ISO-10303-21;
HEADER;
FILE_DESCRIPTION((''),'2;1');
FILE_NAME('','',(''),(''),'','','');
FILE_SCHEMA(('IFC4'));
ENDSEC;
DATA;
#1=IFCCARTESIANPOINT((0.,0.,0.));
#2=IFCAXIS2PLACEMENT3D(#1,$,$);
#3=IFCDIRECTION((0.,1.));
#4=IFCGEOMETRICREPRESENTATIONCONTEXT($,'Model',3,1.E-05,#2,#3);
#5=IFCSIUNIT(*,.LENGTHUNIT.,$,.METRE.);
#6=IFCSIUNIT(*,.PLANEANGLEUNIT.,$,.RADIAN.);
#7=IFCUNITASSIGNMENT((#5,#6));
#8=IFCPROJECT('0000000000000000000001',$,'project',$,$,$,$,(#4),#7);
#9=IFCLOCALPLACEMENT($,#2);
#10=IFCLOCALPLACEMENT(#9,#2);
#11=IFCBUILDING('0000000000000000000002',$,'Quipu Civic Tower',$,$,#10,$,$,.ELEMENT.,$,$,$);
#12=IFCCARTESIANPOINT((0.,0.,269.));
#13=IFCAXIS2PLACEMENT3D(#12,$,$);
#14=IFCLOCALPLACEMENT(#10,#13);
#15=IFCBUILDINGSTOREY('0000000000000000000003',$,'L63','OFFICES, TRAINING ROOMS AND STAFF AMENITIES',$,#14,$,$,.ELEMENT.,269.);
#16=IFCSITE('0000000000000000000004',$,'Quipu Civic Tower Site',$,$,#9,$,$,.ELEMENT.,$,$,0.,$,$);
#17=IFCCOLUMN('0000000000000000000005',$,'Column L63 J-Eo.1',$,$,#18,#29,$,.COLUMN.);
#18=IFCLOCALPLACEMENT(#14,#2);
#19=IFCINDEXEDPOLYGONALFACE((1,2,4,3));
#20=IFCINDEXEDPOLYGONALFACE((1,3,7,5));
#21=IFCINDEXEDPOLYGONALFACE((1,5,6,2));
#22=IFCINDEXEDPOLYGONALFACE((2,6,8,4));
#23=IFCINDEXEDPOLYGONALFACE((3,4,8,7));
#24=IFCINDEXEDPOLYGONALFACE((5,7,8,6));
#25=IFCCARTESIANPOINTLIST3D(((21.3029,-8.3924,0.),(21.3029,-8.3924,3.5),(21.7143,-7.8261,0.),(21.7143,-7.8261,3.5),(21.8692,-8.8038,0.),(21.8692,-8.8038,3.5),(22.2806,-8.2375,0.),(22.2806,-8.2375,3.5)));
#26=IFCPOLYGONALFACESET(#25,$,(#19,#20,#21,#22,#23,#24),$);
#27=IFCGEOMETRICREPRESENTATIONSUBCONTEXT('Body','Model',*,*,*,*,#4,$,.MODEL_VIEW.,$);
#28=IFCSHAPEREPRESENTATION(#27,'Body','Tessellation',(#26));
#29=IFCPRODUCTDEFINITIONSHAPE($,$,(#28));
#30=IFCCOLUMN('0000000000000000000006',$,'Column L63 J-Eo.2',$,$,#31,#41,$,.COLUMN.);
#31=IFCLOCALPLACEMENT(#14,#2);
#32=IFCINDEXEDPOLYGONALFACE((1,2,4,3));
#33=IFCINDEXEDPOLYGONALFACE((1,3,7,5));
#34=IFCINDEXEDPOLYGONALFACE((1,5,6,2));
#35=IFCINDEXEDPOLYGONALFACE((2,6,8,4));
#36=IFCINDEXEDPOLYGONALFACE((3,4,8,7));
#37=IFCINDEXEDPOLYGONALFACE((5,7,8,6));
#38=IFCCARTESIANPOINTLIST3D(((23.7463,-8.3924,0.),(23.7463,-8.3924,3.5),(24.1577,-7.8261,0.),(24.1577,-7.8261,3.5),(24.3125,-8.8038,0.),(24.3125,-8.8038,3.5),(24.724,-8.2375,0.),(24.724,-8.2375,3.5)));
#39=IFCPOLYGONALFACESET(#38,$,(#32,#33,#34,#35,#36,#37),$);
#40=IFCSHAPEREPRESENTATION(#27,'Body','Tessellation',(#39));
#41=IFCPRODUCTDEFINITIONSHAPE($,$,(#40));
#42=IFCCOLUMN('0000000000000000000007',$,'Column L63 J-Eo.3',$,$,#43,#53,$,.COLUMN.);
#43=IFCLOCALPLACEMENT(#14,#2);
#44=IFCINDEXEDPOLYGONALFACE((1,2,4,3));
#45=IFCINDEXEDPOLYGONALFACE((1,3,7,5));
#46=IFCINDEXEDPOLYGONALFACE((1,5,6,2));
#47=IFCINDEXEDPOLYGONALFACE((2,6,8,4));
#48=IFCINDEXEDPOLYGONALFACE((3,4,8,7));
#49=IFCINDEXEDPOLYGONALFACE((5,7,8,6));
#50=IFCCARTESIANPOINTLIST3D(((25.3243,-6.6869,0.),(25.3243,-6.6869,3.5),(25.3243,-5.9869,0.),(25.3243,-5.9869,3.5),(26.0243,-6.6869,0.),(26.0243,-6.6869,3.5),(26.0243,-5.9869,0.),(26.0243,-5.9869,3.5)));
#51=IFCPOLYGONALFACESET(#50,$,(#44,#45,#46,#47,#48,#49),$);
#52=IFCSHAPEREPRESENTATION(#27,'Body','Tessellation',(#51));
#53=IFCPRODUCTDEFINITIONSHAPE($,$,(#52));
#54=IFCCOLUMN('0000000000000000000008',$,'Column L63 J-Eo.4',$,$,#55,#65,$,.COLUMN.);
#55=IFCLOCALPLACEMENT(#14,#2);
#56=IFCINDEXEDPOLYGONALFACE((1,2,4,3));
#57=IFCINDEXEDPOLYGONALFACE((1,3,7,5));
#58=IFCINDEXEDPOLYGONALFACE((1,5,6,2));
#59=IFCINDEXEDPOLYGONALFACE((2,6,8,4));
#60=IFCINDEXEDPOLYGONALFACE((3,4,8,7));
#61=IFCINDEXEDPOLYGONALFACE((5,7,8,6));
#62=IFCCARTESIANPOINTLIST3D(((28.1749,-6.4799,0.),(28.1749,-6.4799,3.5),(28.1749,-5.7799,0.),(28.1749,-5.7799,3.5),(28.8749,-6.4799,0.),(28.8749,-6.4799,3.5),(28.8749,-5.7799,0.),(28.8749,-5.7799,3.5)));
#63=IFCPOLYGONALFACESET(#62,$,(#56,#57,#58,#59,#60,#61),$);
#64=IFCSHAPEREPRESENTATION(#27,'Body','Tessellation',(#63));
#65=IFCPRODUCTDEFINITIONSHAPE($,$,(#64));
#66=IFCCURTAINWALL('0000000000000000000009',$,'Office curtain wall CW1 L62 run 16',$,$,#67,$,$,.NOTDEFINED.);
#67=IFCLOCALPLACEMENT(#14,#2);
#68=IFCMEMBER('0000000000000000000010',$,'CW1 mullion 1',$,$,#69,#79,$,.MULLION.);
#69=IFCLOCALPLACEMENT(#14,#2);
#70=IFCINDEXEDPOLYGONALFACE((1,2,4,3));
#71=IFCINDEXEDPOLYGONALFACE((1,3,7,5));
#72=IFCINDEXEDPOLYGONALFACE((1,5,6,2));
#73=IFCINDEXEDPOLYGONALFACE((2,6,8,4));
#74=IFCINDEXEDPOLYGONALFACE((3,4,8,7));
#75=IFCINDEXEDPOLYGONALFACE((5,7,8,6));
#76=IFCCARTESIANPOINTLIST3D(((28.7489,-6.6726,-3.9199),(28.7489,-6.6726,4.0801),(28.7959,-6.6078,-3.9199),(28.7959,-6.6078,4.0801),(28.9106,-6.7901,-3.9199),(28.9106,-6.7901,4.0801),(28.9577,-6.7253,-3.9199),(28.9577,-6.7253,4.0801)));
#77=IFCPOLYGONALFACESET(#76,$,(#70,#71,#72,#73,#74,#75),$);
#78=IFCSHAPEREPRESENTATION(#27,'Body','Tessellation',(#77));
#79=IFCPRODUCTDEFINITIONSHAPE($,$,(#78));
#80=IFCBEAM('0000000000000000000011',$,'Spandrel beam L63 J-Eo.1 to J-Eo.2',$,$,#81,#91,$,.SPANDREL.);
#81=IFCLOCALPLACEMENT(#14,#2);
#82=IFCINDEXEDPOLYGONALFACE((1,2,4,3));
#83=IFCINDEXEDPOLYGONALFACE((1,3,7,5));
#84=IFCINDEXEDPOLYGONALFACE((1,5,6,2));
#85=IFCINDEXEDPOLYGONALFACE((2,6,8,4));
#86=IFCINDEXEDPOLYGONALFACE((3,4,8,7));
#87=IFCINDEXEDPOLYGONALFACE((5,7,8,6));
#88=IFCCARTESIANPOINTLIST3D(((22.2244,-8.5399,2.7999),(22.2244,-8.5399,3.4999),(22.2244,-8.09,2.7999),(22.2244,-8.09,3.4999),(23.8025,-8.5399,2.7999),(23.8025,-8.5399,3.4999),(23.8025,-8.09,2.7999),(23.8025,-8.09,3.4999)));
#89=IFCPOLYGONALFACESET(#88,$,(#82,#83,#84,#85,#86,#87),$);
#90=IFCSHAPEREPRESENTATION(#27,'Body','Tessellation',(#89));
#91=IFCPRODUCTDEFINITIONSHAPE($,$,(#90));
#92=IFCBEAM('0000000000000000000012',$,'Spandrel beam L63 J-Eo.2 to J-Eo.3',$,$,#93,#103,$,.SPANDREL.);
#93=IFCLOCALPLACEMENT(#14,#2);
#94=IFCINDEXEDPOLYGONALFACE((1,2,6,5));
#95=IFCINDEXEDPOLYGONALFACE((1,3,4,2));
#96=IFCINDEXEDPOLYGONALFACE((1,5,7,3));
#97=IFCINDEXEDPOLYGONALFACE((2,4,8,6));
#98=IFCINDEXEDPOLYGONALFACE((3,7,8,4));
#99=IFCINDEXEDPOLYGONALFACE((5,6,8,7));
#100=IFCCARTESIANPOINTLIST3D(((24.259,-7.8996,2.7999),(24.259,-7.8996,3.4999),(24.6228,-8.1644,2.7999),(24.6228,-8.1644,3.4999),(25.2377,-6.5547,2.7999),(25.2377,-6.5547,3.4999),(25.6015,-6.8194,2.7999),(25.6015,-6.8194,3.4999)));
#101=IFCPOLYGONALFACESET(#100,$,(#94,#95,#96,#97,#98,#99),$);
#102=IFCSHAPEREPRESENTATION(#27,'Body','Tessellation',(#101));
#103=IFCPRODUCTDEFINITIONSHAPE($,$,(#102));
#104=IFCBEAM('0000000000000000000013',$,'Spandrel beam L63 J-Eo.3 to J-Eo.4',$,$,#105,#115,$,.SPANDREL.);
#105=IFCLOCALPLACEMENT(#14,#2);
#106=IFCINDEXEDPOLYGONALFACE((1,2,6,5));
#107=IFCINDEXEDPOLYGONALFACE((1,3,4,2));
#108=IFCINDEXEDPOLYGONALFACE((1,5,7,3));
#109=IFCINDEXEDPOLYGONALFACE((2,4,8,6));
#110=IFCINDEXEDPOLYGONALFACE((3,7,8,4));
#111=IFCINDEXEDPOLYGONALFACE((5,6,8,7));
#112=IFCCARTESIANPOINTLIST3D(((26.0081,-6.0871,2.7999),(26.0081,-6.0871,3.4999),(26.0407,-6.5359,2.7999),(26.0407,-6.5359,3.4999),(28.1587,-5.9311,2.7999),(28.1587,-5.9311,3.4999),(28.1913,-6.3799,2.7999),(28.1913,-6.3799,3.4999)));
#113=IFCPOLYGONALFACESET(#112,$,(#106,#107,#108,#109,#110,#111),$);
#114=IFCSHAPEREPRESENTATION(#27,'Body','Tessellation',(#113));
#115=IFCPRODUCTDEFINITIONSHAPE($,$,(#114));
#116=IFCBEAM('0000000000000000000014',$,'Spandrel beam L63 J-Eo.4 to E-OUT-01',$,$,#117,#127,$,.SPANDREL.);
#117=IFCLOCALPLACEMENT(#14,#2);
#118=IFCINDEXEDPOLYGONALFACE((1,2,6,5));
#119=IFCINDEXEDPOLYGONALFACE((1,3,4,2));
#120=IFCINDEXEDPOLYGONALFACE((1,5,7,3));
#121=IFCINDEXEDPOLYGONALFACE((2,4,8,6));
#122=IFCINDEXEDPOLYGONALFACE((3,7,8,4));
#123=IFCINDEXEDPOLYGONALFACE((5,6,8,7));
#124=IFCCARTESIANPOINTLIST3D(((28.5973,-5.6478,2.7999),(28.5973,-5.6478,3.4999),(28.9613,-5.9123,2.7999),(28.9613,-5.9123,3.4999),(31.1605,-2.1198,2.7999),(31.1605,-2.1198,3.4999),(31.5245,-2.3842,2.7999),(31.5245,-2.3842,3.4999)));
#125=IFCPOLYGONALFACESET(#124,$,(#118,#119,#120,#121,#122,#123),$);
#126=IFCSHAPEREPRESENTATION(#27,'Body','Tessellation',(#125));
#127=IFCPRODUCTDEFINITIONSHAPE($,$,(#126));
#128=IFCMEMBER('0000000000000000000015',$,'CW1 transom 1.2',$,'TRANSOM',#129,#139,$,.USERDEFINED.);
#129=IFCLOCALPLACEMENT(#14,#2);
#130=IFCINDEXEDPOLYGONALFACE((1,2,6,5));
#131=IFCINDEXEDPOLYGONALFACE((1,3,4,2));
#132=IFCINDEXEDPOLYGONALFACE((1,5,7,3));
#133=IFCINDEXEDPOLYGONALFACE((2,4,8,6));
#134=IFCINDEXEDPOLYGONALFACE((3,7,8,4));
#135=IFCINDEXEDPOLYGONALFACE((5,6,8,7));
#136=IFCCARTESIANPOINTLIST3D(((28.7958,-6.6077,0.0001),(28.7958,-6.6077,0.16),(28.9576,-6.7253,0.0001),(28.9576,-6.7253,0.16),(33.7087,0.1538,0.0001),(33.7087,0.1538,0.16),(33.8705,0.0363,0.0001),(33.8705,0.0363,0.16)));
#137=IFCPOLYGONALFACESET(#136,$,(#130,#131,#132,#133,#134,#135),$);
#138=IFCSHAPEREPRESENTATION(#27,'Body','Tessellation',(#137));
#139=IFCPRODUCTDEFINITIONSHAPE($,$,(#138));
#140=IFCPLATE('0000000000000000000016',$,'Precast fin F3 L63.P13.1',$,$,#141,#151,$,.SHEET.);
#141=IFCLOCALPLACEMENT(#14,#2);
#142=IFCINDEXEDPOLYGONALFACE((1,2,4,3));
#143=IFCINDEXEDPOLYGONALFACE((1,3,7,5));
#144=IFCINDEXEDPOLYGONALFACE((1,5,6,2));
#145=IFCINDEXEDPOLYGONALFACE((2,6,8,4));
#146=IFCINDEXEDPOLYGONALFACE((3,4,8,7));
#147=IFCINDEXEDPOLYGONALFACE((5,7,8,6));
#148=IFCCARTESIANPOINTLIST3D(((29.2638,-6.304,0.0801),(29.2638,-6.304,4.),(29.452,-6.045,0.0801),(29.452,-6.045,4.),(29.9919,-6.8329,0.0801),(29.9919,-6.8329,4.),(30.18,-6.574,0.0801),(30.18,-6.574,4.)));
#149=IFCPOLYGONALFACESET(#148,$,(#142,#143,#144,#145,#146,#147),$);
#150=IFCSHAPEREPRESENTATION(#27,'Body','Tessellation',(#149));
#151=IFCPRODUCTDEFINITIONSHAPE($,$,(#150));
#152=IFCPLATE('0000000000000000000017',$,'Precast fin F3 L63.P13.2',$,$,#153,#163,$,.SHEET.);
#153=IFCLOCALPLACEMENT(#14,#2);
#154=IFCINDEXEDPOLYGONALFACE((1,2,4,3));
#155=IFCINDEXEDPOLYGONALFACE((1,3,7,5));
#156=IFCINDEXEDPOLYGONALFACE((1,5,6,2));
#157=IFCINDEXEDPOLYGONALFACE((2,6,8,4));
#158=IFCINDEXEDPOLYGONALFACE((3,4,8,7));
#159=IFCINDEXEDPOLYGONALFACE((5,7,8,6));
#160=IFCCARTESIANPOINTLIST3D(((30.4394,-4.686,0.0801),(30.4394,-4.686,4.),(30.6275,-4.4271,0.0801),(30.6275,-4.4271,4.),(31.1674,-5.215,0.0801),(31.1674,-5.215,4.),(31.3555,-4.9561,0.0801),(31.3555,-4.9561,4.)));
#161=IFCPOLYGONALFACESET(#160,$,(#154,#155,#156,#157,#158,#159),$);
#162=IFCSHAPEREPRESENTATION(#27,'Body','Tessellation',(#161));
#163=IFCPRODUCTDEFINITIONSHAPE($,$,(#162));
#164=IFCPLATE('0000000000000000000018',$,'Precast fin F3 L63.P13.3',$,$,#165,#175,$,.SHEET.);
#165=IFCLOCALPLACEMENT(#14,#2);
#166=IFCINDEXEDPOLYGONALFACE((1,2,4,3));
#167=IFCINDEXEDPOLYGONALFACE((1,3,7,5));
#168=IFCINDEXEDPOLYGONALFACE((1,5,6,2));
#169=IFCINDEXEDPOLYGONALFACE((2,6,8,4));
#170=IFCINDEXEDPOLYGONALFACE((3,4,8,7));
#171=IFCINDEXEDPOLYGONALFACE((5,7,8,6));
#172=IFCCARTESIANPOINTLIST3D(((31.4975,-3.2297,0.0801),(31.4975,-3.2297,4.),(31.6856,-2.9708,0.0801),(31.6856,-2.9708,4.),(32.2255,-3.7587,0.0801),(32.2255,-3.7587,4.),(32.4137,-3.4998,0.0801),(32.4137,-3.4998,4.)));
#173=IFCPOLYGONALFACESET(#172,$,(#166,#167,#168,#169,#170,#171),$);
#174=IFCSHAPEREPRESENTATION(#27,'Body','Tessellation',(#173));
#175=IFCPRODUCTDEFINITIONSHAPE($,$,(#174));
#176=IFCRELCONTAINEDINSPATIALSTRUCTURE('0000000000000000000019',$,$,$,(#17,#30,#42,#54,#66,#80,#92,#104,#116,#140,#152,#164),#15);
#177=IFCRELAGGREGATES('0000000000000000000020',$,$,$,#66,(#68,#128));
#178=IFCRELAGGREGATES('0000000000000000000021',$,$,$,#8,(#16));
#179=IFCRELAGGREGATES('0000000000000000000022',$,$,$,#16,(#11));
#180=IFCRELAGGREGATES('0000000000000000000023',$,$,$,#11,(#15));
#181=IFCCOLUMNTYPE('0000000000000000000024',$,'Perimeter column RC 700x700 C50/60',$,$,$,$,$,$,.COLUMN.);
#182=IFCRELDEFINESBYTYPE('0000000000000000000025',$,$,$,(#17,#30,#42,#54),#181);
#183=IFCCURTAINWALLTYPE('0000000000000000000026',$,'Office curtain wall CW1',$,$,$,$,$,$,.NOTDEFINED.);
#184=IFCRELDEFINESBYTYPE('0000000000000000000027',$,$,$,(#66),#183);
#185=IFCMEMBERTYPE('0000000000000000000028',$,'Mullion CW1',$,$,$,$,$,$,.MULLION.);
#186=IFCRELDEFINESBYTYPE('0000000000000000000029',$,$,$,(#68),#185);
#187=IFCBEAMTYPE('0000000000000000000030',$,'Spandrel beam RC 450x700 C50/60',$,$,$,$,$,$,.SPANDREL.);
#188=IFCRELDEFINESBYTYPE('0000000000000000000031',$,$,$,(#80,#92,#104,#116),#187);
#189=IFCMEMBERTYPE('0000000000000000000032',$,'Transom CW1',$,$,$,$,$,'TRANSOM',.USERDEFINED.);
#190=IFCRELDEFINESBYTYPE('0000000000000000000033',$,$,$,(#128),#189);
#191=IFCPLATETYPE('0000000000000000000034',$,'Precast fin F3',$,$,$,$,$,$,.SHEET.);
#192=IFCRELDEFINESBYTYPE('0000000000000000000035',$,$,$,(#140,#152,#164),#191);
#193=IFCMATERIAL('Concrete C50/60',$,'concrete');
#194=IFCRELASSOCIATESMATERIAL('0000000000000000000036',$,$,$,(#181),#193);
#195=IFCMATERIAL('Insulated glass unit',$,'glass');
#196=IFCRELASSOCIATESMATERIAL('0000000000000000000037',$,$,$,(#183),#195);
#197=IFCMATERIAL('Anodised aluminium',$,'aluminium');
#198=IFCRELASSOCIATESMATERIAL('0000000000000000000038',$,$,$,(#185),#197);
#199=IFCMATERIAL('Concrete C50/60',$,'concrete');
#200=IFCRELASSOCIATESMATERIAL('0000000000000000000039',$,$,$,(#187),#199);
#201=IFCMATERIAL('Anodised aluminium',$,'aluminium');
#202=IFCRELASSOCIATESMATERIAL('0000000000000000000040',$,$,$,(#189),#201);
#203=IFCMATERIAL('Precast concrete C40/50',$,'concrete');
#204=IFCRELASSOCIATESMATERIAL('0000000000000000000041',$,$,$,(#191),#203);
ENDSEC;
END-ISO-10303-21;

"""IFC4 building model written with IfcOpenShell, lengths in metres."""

from ifc_helpers import new_model, si_unit, direction, frame, origin, origin_2d, place, context, subcontext, project, spatial, rectangle, extrude, material, material_profile, profile_set, type_object, element, aggregate, save


model = new_model("IFC4")

# Units and contexts
model_context = context("Model", 3, precision=1e-05, world=origin(), true_north=direction((0.0, 1.0)))
body_context = subcontext(model_context, "Body", "Model", "MODEL_VIEW")
ifc_project = project(units=[si_unit("LENGTHUNIT", "METRE"), si_unit("PLANEANGLEUNIT", "RADIAN")], contexts=[model_context])

# Site, building, storey
site_placement = place(None, origin())
site = spatial("IfcSite", under=ifc_project, at=site_placement, Name="Quipu Civic Tower Site", CompositionType="ELEMENT", RefElevation=0.0)
building_placement = place(site_placement, origin())
building = spatial("IfcBuilding", under=site, at=building_placement, Name="Quipu Civic Tower", CompositionType="ELEMENT")
storey_placement = place(building_placement, frame((0.0, 0.0, 269.0)))
storey = spatial("IfcBuildingStorey", under=building, at=storey_placement, Name="L63", Description="OFFICES, TRAINING ROOMS AND STAFF AMENITIES", CompositionType="ELEMENT", Elevation=269.0)

# Columns
ifc_material_1 = material(Name="Concrete C50/60", Category="concrete")
ifc_material_profile_1 = material_profile(ifc_material_1, rectangle(XDim=0.7, YDim=0.7, at=origin_2d()), Name="RC700x700")
ifc_profile_set_1 = profile_set([ifc_material_profile_1], Name="Concrete C50/60")
column_type = type_object("IfcColumnType", Name="Perimeter column RC 700x700 C50/60", PredefinedType="COLUMN", material=ifc_profile_set_1)
for number, where, z_axis, x_axis, name in (
    (1, (21.7917, -8.3149, 0.0), (0.0, 0.0, 1.0), (0.587785, 0.809017, 0.0), "Column L63 J-Eo.1"),
    (2, (24.2351, -8.3149, 0.0), (0.0, 0.0, 1.0), (0.587785, 0.809017, 0.0), "Column L63 J-Eo.2"),
    (3, (25.6743, -6.3369, 0.0), (0.0, 0.0, 1.0), (1.0, 0.0, 0.0), "Column L63 J-Eo.3"),
    (4, (28.5249, -6.1299, 0.0), (0.0, 0.0, 1.0), (1.0, 0.0, 0.0), "Column L63 J-Eo.4"),
):
    element("IfcColumn", number, at=place(storey_placement, frame(where, z_axis=z_axis, x_axis=x_axis)), inside=storey, type_object=column_type, Name=name, PredefinedType="COLUMN", context=body_context, shape_type="SweptSolid", body=[
        extrude(rectangle(XDim=0.7, YDim=0.7, at=origin_2d()), origin(), (0.0, 0.0, 1.0), 3.5),
    ])

# Curtain wall, member
ifc_material_2 = material(Name="Insulated glass unit", Category="glass")
curtain_wall_type = type_object("IfcCurtainWallType", Name="Office curtain wall CW1", PredefinedType="NOTDEFINED", material=ifc_material_2)
curtain_wall_placement = place(storey_placement, origin())
curtain_wall = element("IfcCurtainWall", 5, at=curtain_wall_placement, inside=storey, type_object=curtain_wall_type, Name="Office curtain wall CW1 L62 run 16", PredefinedType="NOTDEFINED")
ifc_material_3 = material(Name="Anodised aluminium", Category="aluminium")
ifc_material_profile_2 = material_profile(ifc_material_3, rectangle(XDim=0.2, YDim=0.0801, at=origin_2d()), Name="RECT 200x80")
ifc_profile_set_2 = profile_set([ifc_material_profile_2], Name="Anodised aluminium")
member_type_1 = type_object("IfcMemberType", Name="Mullion CW1", PredefinedType="MULLION", material=ifc_profile_set_2)
member_1_placement = place(storey_placement, frame((28.8533, -6.699, -3.9199), z_axis=(0.0, 0.0, 1.0), x_axis=(-0.809016, 0.587786, 0.0)))
member_1 = element("IfcMember", 6, at=member_1_placement, type_object=member_type_1, Name="CW1 mullion 1", PredefinedType="MULLION", context=body_context, shape_type="SweptSolid", body=[
    extrude(rectangle(XDim=0.2, YDim=0.0801, at=origin_2d()), origin(), (0.0, 0.0, 1.0), 8.0),
])

# Beams
ifc_material_4 = material(Name="Concrete C50/60", Category="concrete")
ifc_material_profile_3 = material_profile(ifc_material_4, rectangle(XDim=0.45, YDim=0.7, at=origin_2d()), Name="RC450x700")
ifc_profile_set_3 = profile_set([ifc_material_profile_3], Name="Concrete C50/60")
beam_type = type_object("IfcBeamType", Name="Spandrel beam RC 450x700 C50/60", PredefinedType="SPANDREL", material=ifc_profile_set_3)
beam_1_placement = place(storey_placement, frame((22.2244, -8.3149, 3.1499), z_axis=(1.0, 0.0, 0.0), x_axis=(0.0, 1.0, 0.0)))
element("IfcBeam", 7, at=beam_1_placement, inside=storey, type_object=beam_type, Name="Spandrel beam L63 J-Eo.1 to J-Eo.2", PredefinedType="SPANDREL", context=body_context, shape_type="SweptSolid", body=[
    extrude(rectangle(XDim=0.45, YDim=0.7, at=origin_2d()), origin(), (0.0, 0.0, 1.0), 1.5781),
])
beam_2_placement = place(storey_placement, frame((24.4409, -8.032, 3.1499), z_axis=(0.588407, 0.808565, 0.0), x_axis=(-0.808565, 0.588407, 0.0)))
element("IfcBeam", 8, at=beam_2_placement, inside=storey, type_object=beam_type, Name="Spandrel beam L63 J-Eo.2 to J-Eo.3", PredefinedType="SPANDREL", context=body_context, shape_type="SweptSolid", body=[
    extrude(rectangle(XDim=0.45, YDim=0.7, at=origin_2d()), origin(), (0.0, 0.0, 1.0), 1.6633),
])
beam_3_placement = place(storey_placement, frame((26.0244, -6.3115, 3.1499), z_axis=(0.997379, 0.072349, 0.0), x_axis=(-0.072349, 0.997379, 0.0)))
element("IfcBeam", 9, at=beam_3_placement, inside=storey, type_object=beam_type, Name="Spandrel beam L63 J-Eo.3 to J-Eo.4", PredefinedType="SPANDREL", context=body_context, shape_type="SweptSolid", body=[
    extrude(rectangle(XDim=0.45, YDim=0.7, at=origin_2d()), origin(), (0.0, 0.0, 1.0), 2.1562),
])
beam_4_placement = place(storey_placement, frame((28.7793, -5.78, 3.1499), z_axis=(0.587776, 0.809024, 0.0), x_axis=(-0.809024, 0.587776, 0.0)))
element("IfcBeam", 10, at=beam_4_placement, inside=storey, type_object=beam_type, Name="Spandrel beam L63 J-Eo.4 to E-OUT-01", PredefinedType="SPANDREL", context=body_context, shape_type="SweptSolid", body=[
    extrude(rectangle(XDim=0.45, YDim=0.7, at=origin_2d()), origin(), (0.0, 0.0, 1.0), 4.3608),
])

# Member
ifc_material_5 = material(Name="Anodised aluminium", Category="aluminium")
ifc_material_profile_4 = material_profile(ifc_material_5, rectangle(XDim=0.2, YDim=0.1599, at=origin_2d()), Name="RECT 200x160")
ifc_profile_set_4 = profile_set([ifc_material_profile_4], Name="Anodised aluminium")
member_type_2 = type_object("IfcMemberType", Name="Transom CW1", ElementType="TRANSOM", PredefinedType="USERDEFINED", material=ifc_profile_set_4)
member_2_placement = place(storey_placement, frame((28.8767, -6.6665, 0.0801), z_axis=(0.587812, 0.808997, 0.0), x_axis=(-0.808997, 0.587812, 0.0)))
member_2 = element("IfcMember", 11, at=member_2_placement, type_object=member_type_2, Name="CW1 transom 1.2", ObjectType="TRANSOM", PredefinedType="USERDEFINED", context=body_context, shape_type="SweptSolid", body=[
    extrude(rectangle(XDim=0.2, YDim=0.1599, at=origin_2d()), origin(), (0.0, 0.0, 1.0), 8.3579),
])
aggregate(curtain_wall, [member_1, member_2])

# Plates
ifc_material_6 = material(Name="Precast concrete C40/50", Category="concrete")
plate_type = type_object("IfcPlateType", Name="Precast fin F3", PredefinedType="SHEET", material=ifc_material_6)
for number, where, z_axis, x_axis, name in (
    (12, (29.7219, -6.439, 0.0801), (0.0, 0.0, 1.0), (0.587787, 0.809016, 0.0), "Precast fin F3 L63.P13.1"),
    (13, (30.8975, -4.821, 0.0801), (0.0, 0.0, 1.0), (0.587787, 0.809016, 0.0), "Precast fin F3 L63.P13.2"),
    (14, (31.9556, -3.3647, 0.0801), (0.0, 0.0, 1.0), (0.587787, 0.809016, 0.0), "Precast fin F3 L63.P13.3"),
):
    element("IfcPlate", number, at=place(storey_placement, frame(where, z_axis=z_axis, x_axis=x_axis)), inside=storey, type_object=plate_type, Name=name, PredefinedType="SHEET", context=body_context, shape_type="SweptSolid", body=[
        extrude(rectangle(XDim=0.3201, YDim=0.8999, at=origin_2d()), origin(), (0.0, 0.0, 1.0), 3.9199),
    ])

save(model, "model.ifc")
